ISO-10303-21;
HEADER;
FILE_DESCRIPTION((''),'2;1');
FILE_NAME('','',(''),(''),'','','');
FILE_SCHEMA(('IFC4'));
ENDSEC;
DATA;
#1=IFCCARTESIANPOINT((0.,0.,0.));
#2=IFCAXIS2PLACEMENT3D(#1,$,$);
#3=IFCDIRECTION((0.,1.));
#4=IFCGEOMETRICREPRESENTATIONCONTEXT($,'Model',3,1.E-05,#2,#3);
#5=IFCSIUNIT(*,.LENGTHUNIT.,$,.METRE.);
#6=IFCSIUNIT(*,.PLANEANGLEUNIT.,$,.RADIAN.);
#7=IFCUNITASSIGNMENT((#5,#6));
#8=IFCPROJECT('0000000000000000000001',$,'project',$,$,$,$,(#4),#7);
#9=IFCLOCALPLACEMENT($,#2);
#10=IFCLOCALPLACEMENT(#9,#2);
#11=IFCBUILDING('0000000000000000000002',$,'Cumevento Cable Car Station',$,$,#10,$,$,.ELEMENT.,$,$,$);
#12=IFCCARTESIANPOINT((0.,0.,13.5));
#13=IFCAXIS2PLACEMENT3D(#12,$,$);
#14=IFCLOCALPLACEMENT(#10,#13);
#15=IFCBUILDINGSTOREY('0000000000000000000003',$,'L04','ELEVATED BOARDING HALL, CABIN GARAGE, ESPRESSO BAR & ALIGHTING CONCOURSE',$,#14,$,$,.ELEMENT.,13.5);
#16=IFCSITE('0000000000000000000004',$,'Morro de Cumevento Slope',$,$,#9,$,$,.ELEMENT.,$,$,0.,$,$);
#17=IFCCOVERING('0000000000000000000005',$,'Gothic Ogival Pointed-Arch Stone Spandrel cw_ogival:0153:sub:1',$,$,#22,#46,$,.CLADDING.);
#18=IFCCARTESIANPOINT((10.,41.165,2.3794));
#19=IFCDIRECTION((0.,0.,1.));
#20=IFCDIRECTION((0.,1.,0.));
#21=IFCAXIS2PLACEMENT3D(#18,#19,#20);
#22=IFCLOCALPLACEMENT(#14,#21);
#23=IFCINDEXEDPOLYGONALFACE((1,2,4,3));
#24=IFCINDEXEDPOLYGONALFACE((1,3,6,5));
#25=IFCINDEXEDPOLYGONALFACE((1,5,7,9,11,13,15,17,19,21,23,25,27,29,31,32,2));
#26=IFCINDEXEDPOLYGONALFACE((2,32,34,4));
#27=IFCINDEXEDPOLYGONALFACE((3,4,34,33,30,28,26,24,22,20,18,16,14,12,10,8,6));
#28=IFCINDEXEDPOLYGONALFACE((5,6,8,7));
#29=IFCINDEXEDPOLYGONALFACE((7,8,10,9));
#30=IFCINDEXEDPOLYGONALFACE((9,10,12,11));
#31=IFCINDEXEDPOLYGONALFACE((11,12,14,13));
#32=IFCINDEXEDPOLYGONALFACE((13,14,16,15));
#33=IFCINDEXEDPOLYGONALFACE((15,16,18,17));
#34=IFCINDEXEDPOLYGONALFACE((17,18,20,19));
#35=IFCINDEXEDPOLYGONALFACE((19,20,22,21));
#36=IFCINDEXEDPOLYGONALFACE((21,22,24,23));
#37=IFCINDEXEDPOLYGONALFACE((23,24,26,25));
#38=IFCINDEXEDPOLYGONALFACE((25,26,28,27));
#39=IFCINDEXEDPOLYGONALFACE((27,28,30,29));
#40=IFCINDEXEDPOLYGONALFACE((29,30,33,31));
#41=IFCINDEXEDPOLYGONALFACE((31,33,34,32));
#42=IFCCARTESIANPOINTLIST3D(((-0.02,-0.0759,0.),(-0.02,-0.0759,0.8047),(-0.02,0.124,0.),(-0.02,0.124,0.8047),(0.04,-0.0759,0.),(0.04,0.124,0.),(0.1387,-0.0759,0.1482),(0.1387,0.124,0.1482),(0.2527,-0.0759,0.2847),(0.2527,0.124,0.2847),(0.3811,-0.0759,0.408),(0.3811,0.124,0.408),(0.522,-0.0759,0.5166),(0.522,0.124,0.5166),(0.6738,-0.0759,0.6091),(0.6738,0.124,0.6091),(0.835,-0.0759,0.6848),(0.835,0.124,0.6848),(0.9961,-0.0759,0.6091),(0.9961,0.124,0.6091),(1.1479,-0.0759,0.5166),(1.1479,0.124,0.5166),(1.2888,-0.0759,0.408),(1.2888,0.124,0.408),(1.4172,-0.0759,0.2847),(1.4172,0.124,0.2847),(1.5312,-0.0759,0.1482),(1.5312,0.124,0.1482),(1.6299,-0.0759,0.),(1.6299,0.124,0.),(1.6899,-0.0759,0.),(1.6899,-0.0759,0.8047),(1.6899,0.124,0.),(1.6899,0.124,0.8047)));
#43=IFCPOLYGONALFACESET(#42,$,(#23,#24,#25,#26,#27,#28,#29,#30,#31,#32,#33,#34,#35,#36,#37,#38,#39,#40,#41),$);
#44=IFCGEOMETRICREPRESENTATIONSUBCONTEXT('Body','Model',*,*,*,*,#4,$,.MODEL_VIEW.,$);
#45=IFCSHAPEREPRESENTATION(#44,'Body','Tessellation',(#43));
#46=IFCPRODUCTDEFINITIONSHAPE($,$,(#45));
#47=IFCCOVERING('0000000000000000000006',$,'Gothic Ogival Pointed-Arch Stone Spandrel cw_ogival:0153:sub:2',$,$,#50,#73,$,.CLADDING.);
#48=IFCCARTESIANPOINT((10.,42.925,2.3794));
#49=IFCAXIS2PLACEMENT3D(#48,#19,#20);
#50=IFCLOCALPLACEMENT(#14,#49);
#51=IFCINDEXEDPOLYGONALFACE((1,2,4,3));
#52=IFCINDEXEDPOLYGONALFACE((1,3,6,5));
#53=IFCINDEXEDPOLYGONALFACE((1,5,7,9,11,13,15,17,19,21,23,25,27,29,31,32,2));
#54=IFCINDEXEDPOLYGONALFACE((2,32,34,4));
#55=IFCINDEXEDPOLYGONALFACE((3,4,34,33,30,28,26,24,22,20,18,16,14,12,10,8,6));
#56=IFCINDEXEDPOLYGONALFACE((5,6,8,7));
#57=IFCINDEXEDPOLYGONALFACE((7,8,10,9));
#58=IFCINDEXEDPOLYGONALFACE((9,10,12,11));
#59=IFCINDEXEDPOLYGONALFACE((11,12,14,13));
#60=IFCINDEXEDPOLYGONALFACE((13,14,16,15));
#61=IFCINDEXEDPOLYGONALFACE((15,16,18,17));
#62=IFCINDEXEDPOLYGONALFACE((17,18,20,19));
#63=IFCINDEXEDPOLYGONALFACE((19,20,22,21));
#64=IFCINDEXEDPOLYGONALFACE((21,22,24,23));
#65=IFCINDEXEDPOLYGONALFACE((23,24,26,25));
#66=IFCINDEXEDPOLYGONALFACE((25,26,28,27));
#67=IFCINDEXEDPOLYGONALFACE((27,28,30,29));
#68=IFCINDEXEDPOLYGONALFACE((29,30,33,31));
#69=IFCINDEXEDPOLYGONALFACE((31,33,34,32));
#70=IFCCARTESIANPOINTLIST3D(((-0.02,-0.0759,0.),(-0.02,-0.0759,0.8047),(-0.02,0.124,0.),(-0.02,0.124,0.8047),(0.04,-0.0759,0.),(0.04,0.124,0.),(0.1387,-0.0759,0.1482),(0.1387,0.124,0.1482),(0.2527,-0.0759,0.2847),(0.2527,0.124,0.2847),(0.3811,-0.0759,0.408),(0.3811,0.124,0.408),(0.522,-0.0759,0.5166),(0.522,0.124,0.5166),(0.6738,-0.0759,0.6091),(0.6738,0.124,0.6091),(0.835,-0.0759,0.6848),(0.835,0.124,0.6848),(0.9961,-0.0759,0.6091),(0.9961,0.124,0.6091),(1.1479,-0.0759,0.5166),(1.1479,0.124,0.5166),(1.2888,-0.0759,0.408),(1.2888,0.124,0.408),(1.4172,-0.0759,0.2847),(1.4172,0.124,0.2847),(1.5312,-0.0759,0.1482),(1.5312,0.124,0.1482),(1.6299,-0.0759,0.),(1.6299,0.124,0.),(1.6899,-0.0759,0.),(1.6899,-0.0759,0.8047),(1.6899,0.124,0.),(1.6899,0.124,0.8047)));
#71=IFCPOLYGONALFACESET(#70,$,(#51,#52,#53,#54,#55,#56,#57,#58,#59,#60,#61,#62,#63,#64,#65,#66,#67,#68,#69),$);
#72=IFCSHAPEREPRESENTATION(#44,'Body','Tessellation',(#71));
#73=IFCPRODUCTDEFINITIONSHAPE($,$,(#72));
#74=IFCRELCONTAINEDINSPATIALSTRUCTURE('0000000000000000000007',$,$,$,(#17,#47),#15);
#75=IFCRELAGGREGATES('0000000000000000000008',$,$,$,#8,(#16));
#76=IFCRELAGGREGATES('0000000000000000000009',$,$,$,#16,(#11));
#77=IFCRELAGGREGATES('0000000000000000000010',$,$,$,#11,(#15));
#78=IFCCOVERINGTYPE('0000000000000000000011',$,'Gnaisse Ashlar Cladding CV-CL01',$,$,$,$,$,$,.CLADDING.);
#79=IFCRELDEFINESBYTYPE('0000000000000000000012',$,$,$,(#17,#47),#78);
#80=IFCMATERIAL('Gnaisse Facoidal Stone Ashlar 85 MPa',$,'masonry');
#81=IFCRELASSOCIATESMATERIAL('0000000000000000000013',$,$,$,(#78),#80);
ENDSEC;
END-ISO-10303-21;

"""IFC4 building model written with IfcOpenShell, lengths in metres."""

from ifc_helpers import new_model, si_unit, direction, frame, origin, place, context, subcontext, project, spatial, polyline, outline, extrude, material, type_object, element, save


model = new_model("IFC4")

# Units and contexts
model_context = context("Model", 3, precision=1e-05, world=origin(), true_north=direction((0.0, 1.0)))
body_context = subcontext(model_context, "Body", "Model", "MODEL_VIEW")
ifc_project = project(units=[si_unit("LENGTHUNIT", "METRE"), si_unit("PLANEANGLEUNIT", "RADIAN")], contexts=[model_context])

# Site, building, storey
site_placement = place(None, origin())
site = spatial("IfcSite", under=ifc_project, at=site_placement, Name="Morro de Cumevento Slope", CompositionType="ELEMENT", RefElevation=0.0)
building_placement = place(site_placement, origin())
building = spatial("IfcBuilding", under=site, at=building_placement, Name="Cumevento Cable Car Station", CompositionType="ELEMENT")
storey_placement = place(building_placement, frame((0.0, 0.0, 13.5)))
storey = spatial("IfcBuildingStorey", under=building, at=storey_placement, Name="L04", Description="ELEVATED BOARDING HALL, CABIN GARAGE, ESPRESSO BAR & ALIGHTING CONCOURSE", CompositionType="ELEMENT", Elevation=13.5)

# Coverings
ifc_material_1 = material(Name="Gnaisse Facoidal Stone Ashlar 85 MPa", Category="masonry")
covering_type = type_object("IfcCoveringType", Name="Gnaisse Ashlar Cladding CV-CL01", PredefinedType="CLADDING", material=ifc_material_1)
for number, where, z_axis, x_axis, name in (
    (1, (10.0, 41.165, 2.3794), (0.0, 0.0, 1.0), (0.0, 1.0, 0.0), "Gothic Ogival Pointed-Arch Stone Spandrel cw_ogival:0153:sub:1"),
    (2, (10.0, 42.925, 2.3794), (0.0, 0.0, 1.0), (0.0, 1.0, 0.0), "Gothic Ogival Pointed-Arch Stone Spandrel cw_ogival:0153:sub:2"),
):
    element("IfcCovering", number, at=place(storey_placement, frame(where, z_axis=z_axis, x_axis=x_axis)), inside=storey, type_object=covering_type, Name=name, PredefinedType="CLADDING", context=body_context, shape_type="SweptSolid", body=[
        extrude(outline(polyline([(-0.02, 0.0), (-0.02, 0.8047), (1.6899, 0.8047), (1.6899, 0.0), (1.6299, 0.0), (1.5312, 0.1482), (1.4172, 0.2847), (1.2888, 0.408), (1.1479, 0.5166), (0.9961, 0.6091), (0.835, 0.6848), (0.6738, 0.6091), (0.522, 0.5166), (0.3811, 0.408), (0.2527, 0.2847), (0.1387, 0.1482), (0.04, 0.0), (-0.02, 0.0)])), frame((0.0, 0.124, 0.0), z_axis=(0.0, -1.0, 0.0), x_axis=(1.0, 0.0, 0.0)), (0.0, 0.0, 1.0), 0.2),
    ])

save(model, "model.ifc")
